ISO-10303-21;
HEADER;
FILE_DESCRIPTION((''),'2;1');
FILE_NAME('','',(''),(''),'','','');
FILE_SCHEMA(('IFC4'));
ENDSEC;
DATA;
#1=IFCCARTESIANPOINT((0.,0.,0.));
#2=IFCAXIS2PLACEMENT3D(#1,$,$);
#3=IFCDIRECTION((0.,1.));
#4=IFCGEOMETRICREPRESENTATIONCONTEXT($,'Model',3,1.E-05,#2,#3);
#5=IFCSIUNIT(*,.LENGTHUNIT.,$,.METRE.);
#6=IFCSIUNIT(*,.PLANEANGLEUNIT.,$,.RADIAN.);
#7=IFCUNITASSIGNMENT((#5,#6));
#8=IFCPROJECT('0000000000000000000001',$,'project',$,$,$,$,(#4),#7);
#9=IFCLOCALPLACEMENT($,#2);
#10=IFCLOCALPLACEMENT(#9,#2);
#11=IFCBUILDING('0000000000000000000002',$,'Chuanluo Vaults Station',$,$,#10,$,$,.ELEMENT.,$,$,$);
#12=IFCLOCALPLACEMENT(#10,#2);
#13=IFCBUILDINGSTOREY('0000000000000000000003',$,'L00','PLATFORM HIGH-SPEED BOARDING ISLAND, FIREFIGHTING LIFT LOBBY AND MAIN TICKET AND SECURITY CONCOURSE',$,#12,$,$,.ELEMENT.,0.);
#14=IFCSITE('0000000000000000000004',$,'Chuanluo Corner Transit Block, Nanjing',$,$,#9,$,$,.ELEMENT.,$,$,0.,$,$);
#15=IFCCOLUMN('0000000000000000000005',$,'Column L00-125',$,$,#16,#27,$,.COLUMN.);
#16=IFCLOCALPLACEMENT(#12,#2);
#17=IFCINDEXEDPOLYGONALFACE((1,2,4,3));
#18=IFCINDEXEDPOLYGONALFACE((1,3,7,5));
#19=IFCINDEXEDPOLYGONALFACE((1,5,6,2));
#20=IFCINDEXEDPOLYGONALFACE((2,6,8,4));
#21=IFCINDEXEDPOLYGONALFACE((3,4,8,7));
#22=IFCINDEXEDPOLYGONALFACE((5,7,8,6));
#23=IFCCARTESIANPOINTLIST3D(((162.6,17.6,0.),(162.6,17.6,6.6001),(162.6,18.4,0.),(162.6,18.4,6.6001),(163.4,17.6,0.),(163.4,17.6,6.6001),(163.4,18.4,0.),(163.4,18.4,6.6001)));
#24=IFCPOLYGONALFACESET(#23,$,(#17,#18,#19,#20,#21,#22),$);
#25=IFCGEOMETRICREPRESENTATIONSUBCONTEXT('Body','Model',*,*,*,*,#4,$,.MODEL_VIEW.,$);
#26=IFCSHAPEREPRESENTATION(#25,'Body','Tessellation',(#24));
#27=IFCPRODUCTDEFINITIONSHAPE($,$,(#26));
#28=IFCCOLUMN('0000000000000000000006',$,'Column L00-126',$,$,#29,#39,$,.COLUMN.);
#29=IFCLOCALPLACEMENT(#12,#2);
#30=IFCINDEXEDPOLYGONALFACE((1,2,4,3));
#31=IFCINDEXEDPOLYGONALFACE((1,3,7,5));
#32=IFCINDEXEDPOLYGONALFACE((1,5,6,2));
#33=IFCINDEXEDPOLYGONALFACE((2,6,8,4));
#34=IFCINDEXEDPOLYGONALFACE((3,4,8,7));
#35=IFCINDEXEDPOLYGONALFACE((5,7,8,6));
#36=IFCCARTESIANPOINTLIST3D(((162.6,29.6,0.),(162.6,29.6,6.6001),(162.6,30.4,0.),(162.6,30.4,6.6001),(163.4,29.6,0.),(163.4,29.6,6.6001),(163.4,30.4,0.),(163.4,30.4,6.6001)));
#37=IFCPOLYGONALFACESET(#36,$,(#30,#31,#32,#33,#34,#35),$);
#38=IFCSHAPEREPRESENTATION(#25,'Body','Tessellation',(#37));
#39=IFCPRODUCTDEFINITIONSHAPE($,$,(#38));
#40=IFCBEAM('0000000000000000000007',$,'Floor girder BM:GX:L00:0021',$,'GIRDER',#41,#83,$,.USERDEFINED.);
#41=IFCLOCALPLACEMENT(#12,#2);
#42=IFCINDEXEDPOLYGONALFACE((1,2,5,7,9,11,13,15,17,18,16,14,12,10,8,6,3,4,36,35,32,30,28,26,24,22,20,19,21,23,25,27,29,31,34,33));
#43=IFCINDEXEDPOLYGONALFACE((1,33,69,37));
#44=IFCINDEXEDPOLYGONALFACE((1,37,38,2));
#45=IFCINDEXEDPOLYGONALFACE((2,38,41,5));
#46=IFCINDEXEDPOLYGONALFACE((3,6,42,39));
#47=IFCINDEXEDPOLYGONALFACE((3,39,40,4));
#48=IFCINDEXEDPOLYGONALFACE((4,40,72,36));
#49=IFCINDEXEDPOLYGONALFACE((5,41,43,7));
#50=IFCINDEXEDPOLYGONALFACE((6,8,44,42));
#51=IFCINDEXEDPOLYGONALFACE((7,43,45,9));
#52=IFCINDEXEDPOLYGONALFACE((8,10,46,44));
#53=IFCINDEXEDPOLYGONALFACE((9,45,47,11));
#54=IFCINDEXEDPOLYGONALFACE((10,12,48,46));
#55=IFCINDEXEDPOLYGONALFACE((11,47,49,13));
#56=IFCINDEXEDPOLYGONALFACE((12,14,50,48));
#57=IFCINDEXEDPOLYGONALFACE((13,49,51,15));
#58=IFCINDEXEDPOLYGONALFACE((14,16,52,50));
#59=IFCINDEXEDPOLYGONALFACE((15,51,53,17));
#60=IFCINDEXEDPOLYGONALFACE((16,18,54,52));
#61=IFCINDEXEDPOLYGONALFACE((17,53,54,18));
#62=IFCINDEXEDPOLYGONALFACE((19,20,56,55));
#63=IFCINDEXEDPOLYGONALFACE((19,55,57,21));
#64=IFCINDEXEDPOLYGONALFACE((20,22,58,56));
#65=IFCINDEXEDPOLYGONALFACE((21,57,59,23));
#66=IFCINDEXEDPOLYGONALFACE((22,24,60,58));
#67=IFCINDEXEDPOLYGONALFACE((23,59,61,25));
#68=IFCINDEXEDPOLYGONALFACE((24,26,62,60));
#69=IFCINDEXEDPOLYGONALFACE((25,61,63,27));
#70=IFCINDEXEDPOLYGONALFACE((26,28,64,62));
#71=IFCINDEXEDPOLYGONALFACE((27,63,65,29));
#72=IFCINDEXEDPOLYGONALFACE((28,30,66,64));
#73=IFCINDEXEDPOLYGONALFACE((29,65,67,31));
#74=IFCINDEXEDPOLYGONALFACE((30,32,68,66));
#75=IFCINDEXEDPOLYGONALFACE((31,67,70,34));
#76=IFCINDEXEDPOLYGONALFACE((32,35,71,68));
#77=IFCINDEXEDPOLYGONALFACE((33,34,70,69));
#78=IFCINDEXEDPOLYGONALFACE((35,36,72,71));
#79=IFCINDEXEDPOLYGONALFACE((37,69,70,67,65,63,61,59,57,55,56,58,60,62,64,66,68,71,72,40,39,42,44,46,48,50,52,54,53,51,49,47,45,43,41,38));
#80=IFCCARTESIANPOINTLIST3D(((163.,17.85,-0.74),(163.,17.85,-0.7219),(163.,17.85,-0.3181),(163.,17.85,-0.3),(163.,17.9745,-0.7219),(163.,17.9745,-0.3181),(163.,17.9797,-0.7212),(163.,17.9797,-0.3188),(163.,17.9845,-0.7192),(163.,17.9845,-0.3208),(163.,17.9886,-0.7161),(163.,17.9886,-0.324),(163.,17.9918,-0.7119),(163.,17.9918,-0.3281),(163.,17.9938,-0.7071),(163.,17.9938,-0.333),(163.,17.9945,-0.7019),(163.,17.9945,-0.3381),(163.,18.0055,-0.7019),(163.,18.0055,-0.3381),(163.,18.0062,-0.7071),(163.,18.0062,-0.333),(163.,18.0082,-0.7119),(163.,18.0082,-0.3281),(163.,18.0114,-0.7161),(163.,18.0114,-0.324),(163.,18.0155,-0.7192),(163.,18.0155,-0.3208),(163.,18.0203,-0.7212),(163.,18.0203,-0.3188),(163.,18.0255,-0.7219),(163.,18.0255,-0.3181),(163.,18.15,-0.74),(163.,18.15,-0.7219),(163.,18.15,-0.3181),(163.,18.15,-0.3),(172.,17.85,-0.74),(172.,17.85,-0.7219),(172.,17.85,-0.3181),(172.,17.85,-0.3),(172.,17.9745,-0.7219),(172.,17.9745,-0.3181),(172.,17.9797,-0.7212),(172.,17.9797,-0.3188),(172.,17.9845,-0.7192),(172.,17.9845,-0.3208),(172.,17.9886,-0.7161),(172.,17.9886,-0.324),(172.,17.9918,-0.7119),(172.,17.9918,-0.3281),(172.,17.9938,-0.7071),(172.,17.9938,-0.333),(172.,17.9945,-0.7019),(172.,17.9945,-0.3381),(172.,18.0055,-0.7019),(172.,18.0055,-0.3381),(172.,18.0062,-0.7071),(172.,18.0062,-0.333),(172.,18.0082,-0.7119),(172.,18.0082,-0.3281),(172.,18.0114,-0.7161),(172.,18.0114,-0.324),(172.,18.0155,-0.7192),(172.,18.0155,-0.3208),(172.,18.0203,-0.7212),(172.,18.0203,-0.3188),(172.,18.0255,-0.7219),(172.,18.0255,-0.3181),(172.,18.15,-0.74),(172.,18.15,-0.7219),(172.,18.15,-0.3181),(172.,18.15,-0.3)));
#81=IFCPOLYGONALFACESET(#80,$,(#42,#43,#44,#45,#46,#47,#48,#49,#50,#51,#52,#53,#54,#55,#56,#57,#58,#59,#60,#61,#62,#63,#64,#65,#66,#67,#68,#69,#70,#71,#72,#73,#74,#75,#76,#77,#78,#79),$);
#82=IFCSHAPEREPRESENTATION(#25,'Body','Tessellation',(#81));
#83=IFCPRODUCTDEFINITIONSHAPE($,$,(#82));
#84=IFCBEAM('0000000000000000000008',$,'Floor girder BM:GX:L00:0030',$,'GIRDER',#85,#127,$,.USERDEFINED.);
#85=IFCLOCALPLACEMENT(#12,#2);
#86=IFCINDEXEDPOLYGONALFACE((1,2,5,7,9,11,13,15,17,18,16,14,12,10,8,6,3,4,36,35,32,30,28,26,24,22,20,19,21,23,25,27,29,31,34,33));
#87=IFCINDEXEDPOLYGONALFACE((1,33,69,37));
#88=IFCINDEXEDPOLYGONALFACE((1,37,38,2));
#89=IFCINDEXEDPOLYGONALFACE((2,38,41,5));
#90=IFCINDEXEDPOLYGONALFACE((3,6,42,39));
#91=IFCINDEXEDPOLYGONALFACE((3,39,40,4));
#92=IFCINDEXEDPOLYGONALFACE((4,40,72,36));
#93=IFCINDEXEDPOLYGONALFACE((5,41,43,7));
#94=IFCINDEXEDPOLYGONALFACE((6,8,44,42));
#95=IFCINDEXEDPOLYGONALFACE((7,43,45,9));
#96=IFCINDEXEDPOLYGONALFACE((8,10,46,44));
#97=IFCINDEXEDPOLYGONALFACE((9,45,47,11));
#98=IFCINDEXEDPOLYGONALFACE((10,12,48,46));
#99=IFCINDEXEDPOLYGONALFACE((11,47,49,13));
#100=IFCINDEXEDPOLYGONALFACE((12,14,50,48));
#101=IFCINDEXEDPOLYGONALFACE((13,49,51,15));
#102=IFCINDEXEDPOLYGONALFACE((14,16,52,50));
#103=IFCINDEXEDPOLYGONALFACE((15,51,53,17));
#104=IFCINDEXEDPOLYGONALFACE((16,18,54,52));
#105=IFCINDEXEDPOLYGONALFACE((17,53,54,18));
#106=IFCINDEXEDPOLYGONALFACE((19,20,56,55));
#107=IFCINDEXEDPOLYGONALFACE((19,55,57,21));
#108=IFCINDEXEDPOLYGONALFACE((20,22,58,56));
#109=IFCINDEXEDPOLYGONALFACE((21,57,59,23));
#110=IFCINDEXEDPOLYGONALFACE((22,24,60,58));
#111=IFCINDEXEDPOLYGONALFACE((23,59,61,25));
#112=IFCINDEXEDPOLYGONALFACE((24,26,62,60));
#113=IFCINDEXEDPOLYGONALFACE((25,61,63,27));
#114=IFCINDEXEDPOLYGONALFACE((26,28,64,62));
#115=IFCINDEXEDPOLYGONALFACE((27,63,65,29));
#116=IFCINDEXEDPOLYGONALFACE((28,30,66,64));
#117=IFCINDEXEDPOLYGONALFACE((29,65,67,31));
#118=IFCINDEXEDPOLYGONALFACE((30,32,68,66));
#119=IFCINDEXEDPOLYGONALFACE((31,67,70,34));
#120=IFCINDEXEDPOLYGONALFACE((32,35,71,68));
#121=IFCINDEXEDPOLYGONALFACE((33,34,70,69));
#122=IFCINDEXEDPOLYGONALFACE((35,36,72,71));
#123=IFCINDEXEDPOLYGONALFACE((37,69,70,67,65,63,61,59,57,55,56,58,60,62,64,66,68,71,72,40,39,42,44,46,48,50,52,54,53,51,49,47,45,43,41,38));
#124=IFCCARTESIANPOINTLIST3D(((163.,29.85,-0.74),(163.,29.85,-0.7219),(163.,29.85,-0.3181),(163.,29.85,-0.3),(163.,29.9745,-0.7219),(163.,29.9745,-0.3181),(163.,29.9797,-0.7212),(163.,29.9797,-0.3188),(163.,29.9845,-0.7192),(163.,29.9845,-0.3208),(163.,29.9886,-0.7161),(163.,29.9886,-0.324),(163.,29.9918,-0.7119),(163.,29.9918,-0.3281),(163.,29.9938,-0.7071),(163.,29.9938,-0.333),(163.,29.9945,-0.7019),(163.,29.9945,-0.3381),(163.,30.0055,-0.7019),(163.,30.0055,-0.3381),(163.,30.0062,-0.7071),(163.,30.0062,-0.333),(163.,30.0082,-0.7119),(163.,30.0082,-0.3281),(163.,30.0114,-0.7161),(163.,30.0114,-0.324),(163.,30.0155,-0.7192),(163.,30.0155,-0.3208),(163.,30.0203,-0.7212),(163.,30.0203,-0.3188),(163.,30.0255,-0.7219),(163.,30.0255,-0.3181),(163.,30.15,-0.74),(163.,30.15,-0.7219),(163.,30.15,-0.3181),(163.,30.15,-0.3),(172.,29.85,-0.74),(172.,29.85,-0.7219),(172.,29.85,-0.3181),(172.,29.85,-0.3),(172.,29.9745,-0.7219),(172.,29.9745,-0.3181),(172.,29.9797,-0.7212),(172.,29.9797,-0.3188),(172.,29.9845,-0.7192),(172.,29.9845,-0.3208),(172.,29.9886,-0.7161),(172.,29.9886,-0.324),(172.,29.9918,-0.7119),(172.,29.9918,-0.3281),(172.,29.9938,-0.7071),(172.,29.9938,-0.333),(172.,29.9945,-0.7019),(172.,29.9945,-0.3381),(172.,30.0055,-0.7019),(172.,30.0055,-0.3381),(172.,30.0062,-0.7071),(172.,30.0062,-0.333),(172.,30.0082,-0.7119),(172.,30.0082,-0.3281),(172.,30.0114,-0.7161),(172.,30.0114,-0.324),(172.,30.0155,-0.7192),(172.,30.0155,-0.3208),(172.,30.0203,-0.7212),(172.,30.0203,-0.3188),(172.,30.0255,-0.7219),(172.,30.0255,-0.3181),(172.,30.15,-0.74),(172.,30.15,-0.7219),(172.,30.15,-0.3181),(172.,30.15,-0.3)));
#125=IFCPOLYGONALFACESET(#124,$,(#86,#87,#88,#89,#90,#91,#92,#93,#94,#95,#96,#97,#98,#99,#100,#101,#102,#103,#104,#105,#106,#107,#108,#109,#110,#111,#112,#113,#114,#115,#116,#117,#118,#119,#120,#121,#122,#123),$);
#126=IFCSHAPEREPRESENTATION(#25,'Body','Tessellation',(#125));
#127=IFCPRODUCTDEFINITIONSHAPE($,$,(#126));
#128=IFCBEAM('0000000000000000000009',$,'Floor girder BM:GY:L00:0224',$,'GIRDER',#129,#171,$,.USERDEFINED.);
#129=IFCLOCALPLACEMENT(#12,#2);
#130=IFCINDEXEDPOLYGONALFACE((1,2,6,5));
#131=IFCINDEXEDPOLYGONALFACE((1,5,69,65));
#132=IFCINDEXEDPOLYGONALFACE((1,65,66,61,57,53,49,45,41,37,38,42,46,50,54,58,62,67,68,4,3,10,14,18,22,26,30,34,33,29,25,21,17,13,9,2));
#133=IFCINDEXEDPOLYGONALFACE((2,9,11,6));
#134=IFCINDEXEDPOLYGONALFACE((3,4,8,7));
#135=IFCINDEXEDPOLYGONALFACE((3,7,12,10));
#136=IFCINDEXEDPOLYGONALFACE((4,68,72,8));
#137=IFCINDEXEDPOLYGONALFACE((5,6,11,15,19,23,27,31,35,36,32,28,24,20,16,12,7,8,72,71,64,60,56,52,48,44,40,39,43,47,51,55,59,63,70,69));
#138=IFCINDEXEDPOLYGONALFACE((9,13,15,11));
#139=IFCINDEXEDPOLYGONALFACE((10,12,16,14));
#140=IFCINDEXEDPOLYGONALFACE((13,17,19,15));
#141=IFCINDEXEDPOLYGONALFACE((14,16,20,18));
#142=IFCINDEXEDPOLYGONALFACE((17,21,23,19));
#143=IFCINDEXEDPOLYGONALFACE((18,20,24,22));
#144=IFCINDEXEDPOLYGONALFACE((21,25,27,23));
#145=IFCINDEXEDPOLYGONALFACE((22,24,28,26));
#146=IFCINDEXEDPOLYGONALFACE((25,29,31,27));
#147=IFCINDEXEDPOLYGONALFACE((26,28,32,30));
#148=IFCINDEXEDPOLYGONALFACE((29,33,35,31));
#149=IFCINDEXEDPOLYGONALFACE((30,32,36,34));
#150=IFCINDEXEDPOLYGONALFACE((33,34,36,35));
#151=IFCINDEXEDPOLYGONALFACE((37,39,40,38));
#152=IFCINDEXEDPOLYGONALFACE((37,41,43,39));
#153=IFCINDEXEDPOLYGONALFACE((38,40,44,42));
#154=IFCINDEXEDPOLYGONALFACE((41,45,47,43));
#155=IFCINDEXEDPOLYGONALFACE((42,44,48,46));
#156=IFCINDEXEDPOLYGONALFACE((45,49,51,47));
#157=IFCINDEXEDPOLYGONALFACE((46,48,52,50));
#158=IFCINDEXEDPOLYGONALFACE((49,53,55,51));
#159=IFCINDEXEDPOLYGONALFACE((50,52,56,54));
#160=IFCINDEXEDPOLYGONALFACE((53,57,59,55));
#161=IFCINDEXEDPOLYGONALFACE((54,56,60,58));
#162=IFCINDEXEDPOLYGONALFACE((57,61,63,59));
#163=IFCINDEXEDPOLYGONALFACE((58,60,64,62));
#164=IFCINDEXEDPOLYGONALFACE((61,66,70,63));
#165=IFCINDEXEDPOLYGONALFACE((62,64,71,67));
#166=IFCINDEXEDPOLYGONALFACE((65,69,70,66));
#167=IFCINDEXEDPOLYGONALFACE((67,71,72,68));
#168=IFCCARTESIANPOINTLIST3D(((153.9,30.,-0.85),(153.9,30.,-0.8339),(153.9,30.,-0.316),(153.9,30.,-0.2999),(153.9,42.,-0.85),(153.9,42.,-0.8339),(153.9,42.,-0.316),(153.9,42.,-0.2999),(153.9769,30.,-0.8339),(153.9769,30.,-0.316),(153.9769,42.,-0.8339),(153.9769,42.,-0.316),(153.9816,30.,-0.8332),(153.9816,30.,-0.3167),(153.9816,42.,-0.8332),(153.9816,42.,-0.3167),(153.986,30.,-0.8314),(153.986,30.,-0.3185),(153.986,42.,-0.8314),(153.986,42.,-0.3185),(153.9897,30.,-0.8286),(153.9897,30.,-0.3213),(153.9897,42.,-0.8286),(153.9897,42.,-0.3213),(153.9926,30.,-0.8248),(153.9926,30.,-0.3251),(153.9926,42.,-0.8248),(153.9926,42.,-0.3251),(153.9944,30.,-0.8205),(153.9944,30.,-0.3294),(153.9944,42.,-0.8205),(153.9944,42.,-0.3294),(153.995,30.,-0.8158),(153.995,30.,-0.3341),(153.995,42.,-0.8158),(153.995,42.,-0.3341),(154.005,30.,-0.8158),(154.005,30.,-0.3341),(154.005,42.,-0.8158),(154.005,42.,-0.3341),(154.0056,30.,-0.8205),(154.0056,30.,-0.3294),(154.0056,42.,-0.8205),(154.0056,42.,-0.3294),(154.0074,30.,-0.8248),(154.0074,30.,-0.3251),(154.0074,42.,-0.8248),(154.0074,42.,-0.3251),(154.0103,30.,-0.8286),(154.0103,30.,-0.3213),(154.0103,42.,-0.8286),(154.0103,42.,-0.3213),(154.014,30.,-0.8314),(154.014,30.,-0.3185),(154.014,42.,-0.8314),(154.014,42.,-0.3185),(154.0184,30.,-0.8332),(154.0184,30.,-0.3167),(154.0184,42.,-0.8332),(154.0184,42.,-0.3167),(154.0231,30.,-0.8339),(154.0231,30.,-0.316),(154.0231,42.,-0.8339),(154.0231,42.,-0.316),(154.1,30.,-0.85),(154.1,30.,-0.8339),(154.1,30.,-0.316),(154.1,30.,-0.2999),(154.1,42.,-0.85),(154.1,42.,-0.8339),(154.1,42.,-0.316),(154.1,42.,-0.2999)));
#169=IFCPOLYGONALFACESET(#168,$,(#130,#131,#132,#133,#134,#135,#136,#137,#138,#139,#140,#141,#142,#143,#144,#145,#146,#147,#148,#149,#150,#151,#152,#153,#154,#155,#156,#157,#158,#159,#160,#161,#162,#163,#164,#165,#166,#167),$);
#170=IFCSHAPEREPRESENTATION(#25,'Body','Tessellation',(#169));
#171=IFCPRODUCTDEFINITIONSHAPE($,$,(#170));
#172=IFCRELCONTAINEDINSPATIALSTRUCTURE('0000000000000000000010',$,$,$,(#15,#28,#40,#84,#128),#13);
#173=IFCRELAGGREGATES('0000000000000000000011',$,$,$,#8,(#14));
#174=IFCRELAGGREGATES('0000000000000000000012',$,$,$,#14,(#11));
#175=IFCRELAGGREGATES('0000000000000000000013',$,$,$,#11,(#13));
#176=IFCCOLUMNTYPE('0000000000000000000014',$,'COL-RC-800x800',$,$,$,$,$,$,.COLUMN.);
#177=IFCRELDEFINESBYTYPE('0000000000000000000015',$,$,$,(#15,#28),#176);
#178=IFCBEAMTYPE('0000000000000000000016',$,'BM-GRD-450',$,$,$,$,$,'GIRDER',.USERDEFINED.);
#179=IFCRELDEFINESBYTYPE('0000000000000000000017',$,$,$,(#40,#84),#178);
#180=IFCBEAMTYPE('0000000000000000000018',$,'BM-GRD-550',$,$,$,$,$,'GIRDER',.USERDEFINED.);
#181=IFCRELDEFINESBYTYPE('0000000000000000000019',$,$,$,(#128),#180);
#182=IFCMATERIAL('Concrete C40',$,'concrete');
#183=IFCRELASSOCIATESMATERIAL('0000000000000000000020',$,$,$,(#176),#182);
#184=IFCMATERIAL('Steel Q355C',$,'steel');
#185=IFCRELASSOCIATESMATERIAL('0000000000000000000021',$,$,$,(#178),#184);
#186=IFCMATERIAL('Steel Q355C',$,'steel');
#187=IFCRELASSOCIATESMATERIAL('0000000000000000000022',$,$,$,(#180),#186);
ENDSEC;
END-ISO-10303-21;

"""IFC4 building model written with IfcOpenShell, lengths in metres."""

from ifc_helpers import new_model, si_unit, direction, frame, origin, origin_2d, place, context, subcontext, project, spatial, rectangle, i_section, extrude, material, material_profile, profile_set, type_object, element, save


model = new_model("IFC4")

# Units and contexts
model_context = context("Model", 3, precision=1e-05, world=origin(), true_north=direction((0.0, 1.0)))
body_context = subcontext(model_context, "Body", "Model", "MODEL_VIEW")
ifc_project = project(units=[si_unit("LENGTHUNIT", "METRE"), si_unit("PLANEANGLEUNIT", "RADIAN")], contexts=[model_context])

# Site, building, storey
site_placement = place(None, origin())
site = spatial("IfcSite", under=ifc_project, at=site_placement, Name="Chuanluo Corner Transit Block, Nanjing", CompositionType="ELEMENT", RefElevation=0.0)
building_placement = place(site_placement, origin())
building = spatial("IfcBuilding", under=site, at=building_placement, Name="Chuanluo Vaults Station", CompositionType="ELEMENT")
storey_placement = place(building_placement, origin())
storey = spatial("IfcBuildingStorey", under=building, at=storey_placement, Name="L00", Description="PLATFORM HIGH-SPEED BOARDING ISLAND, FIREFIGHTING LIFT LOBBY AND MAIN TICKET AND SECURITY CONCOURSE", CompositionType="ELEMENT", Elevation=0.0)

# Columns
ifc_material_1 = material(Name="Concrete C40", Category="concrete")
ifc_material_profile_1 = material_profile(ifc_material_1, rectangle(XDim=0.8, YDim=0.8, at=origin_2d()))
ifc_profile_set_1 = profile_set([ifc_material_profile_1], Name="Concrete C40")
column_type = type_object("IfcColumnType", Name="COL-RC-800x800", PredefinedType="COLUMN", material=ifc_profile_set_1)
for number, where, z_axis, x_axis, name in (
    (1, (163.0, 18.0, 0.0), (0.0, 0.0, 1.0), (1.0, 0.0, 0.0), "Column L00-125"),
    (2, (163.0, 30.0, 0.0), (0.0, 0.0, 1.0), (1.0, 0.0, 0.0), "Column L00-126"),
):
    element("IfcColumn", number, at=place(storey_placement, frame(where, z_axis=z_axis, x_axis=x_axis)), inside=storey, type_object=column_type, Name=name, PredefinedType="COLUMN", context=body_context, shape_type="SweptSolid", body=[
        extrude(rectangle(XDim=0.8, YDim=0.8, at=origin_2d()), origin(), (0.0, 0.0, 1.0), 6.6001),
    ])

# Beams
ifc_material_2 = material(Name="Steel Q355C", Category="steel")
ifc_material_profile_2 = material_profile(ifc_material_2, i_section(OverallWidth=0.3, OverallDepth=0.4399, WebThickness=0.011, FlangeThickness=0.0181, FilletRadius=0.02, at=origin_2d()))
ifc_profile_set_2 = profile_set([ifc_material_profile_2], Name="Steel Q355C")
beam_type_1 = type_object("IfcBeamType", Name="BM-GRD-450", ElementType="GIRDER", PredefinedType="USERDEFINED", material=ifc_profile_set_2)
for number, where, z_axis, x_axis, name in (
    (3, (163.0, 18.0, -0.52), (1.0, 0.0, 0.0), (0.0, 1.0, 0.0), "Floor girder BM:GX:L00:0021"),
    (4, (163.0, 30.0, -0.52), (1.0, 0.0, 0.0), (0.0, 1.0, 0.0), "Floor girder BM:GX:L00:0030"),
):
    element("IfcBeam", number, at=place(storey_placement, frame(where, z_axis=z_axis, x_axis=x_axis)), inside=storey, type_object=beam_type_1, Name=name, ObjectType="GIRDER", PredefinedType="USERDEFINED", context=body_context, shape_type="SweptSolid", body=[
        extrude(i_section(OverallWidth=0.3, OverallDepth=0.4399, WebThickness=0.011, FlangeThickness=0.0181, FilletRadius=0.02, at=origin_2d()), origin(), (0.0, 0.0, 1.0), 9.0),
    ])
ifc_material_3 = material(Name="Steel Q355C", Category="steel")
ifc_material_profile_3 = material_profile(ifc_material_3, i_section(OverallWidth=0.2, OverallDepth=0.55, WebThickness=0.01, FlangeThickness=0.0161, FilletRadius=0.0181, at=origin_2d()))
ifc_profile_set_3 = profile_set([ifc_material_profile_3], Name="Steel Q355C")
beam_type_2 = type_object("IfcBeamType", Name="BM-GRD-550", ElementType="GIRDER", PredefinedType="USERDEFINED", material=ifc_profile_set_3)
for number, where, z_axis, x_axis, name in (
    (5, (154.0, 30.0, -0.575), (0.0, 1.0, 0.0), (-1.0, 0.0, 0.0), "Floor girder BM:GY:L00:0224"),
):
    element("IfcBeam", number, at=place(storey_placement, frame(where, z_axis=z_axis, x_axis=x_axis)), inside=storey, type_object=beam_type_2, Name=name, ObjectType="GIRDER", PredefinedType="USERDEFINED", context=body_context, shape_type="SweptSolid", body=[
        extrude(i_section(OverallWidth=0.2, OverallDepth=0.55, WebThickness=0.01, FlangeThickness=0.0161, FilletRadius=0.0181, at=origin_2d()), origin(), (0.0, 0.0, 1.0), 12.0),
    ])

save(model, "model.ifc")
